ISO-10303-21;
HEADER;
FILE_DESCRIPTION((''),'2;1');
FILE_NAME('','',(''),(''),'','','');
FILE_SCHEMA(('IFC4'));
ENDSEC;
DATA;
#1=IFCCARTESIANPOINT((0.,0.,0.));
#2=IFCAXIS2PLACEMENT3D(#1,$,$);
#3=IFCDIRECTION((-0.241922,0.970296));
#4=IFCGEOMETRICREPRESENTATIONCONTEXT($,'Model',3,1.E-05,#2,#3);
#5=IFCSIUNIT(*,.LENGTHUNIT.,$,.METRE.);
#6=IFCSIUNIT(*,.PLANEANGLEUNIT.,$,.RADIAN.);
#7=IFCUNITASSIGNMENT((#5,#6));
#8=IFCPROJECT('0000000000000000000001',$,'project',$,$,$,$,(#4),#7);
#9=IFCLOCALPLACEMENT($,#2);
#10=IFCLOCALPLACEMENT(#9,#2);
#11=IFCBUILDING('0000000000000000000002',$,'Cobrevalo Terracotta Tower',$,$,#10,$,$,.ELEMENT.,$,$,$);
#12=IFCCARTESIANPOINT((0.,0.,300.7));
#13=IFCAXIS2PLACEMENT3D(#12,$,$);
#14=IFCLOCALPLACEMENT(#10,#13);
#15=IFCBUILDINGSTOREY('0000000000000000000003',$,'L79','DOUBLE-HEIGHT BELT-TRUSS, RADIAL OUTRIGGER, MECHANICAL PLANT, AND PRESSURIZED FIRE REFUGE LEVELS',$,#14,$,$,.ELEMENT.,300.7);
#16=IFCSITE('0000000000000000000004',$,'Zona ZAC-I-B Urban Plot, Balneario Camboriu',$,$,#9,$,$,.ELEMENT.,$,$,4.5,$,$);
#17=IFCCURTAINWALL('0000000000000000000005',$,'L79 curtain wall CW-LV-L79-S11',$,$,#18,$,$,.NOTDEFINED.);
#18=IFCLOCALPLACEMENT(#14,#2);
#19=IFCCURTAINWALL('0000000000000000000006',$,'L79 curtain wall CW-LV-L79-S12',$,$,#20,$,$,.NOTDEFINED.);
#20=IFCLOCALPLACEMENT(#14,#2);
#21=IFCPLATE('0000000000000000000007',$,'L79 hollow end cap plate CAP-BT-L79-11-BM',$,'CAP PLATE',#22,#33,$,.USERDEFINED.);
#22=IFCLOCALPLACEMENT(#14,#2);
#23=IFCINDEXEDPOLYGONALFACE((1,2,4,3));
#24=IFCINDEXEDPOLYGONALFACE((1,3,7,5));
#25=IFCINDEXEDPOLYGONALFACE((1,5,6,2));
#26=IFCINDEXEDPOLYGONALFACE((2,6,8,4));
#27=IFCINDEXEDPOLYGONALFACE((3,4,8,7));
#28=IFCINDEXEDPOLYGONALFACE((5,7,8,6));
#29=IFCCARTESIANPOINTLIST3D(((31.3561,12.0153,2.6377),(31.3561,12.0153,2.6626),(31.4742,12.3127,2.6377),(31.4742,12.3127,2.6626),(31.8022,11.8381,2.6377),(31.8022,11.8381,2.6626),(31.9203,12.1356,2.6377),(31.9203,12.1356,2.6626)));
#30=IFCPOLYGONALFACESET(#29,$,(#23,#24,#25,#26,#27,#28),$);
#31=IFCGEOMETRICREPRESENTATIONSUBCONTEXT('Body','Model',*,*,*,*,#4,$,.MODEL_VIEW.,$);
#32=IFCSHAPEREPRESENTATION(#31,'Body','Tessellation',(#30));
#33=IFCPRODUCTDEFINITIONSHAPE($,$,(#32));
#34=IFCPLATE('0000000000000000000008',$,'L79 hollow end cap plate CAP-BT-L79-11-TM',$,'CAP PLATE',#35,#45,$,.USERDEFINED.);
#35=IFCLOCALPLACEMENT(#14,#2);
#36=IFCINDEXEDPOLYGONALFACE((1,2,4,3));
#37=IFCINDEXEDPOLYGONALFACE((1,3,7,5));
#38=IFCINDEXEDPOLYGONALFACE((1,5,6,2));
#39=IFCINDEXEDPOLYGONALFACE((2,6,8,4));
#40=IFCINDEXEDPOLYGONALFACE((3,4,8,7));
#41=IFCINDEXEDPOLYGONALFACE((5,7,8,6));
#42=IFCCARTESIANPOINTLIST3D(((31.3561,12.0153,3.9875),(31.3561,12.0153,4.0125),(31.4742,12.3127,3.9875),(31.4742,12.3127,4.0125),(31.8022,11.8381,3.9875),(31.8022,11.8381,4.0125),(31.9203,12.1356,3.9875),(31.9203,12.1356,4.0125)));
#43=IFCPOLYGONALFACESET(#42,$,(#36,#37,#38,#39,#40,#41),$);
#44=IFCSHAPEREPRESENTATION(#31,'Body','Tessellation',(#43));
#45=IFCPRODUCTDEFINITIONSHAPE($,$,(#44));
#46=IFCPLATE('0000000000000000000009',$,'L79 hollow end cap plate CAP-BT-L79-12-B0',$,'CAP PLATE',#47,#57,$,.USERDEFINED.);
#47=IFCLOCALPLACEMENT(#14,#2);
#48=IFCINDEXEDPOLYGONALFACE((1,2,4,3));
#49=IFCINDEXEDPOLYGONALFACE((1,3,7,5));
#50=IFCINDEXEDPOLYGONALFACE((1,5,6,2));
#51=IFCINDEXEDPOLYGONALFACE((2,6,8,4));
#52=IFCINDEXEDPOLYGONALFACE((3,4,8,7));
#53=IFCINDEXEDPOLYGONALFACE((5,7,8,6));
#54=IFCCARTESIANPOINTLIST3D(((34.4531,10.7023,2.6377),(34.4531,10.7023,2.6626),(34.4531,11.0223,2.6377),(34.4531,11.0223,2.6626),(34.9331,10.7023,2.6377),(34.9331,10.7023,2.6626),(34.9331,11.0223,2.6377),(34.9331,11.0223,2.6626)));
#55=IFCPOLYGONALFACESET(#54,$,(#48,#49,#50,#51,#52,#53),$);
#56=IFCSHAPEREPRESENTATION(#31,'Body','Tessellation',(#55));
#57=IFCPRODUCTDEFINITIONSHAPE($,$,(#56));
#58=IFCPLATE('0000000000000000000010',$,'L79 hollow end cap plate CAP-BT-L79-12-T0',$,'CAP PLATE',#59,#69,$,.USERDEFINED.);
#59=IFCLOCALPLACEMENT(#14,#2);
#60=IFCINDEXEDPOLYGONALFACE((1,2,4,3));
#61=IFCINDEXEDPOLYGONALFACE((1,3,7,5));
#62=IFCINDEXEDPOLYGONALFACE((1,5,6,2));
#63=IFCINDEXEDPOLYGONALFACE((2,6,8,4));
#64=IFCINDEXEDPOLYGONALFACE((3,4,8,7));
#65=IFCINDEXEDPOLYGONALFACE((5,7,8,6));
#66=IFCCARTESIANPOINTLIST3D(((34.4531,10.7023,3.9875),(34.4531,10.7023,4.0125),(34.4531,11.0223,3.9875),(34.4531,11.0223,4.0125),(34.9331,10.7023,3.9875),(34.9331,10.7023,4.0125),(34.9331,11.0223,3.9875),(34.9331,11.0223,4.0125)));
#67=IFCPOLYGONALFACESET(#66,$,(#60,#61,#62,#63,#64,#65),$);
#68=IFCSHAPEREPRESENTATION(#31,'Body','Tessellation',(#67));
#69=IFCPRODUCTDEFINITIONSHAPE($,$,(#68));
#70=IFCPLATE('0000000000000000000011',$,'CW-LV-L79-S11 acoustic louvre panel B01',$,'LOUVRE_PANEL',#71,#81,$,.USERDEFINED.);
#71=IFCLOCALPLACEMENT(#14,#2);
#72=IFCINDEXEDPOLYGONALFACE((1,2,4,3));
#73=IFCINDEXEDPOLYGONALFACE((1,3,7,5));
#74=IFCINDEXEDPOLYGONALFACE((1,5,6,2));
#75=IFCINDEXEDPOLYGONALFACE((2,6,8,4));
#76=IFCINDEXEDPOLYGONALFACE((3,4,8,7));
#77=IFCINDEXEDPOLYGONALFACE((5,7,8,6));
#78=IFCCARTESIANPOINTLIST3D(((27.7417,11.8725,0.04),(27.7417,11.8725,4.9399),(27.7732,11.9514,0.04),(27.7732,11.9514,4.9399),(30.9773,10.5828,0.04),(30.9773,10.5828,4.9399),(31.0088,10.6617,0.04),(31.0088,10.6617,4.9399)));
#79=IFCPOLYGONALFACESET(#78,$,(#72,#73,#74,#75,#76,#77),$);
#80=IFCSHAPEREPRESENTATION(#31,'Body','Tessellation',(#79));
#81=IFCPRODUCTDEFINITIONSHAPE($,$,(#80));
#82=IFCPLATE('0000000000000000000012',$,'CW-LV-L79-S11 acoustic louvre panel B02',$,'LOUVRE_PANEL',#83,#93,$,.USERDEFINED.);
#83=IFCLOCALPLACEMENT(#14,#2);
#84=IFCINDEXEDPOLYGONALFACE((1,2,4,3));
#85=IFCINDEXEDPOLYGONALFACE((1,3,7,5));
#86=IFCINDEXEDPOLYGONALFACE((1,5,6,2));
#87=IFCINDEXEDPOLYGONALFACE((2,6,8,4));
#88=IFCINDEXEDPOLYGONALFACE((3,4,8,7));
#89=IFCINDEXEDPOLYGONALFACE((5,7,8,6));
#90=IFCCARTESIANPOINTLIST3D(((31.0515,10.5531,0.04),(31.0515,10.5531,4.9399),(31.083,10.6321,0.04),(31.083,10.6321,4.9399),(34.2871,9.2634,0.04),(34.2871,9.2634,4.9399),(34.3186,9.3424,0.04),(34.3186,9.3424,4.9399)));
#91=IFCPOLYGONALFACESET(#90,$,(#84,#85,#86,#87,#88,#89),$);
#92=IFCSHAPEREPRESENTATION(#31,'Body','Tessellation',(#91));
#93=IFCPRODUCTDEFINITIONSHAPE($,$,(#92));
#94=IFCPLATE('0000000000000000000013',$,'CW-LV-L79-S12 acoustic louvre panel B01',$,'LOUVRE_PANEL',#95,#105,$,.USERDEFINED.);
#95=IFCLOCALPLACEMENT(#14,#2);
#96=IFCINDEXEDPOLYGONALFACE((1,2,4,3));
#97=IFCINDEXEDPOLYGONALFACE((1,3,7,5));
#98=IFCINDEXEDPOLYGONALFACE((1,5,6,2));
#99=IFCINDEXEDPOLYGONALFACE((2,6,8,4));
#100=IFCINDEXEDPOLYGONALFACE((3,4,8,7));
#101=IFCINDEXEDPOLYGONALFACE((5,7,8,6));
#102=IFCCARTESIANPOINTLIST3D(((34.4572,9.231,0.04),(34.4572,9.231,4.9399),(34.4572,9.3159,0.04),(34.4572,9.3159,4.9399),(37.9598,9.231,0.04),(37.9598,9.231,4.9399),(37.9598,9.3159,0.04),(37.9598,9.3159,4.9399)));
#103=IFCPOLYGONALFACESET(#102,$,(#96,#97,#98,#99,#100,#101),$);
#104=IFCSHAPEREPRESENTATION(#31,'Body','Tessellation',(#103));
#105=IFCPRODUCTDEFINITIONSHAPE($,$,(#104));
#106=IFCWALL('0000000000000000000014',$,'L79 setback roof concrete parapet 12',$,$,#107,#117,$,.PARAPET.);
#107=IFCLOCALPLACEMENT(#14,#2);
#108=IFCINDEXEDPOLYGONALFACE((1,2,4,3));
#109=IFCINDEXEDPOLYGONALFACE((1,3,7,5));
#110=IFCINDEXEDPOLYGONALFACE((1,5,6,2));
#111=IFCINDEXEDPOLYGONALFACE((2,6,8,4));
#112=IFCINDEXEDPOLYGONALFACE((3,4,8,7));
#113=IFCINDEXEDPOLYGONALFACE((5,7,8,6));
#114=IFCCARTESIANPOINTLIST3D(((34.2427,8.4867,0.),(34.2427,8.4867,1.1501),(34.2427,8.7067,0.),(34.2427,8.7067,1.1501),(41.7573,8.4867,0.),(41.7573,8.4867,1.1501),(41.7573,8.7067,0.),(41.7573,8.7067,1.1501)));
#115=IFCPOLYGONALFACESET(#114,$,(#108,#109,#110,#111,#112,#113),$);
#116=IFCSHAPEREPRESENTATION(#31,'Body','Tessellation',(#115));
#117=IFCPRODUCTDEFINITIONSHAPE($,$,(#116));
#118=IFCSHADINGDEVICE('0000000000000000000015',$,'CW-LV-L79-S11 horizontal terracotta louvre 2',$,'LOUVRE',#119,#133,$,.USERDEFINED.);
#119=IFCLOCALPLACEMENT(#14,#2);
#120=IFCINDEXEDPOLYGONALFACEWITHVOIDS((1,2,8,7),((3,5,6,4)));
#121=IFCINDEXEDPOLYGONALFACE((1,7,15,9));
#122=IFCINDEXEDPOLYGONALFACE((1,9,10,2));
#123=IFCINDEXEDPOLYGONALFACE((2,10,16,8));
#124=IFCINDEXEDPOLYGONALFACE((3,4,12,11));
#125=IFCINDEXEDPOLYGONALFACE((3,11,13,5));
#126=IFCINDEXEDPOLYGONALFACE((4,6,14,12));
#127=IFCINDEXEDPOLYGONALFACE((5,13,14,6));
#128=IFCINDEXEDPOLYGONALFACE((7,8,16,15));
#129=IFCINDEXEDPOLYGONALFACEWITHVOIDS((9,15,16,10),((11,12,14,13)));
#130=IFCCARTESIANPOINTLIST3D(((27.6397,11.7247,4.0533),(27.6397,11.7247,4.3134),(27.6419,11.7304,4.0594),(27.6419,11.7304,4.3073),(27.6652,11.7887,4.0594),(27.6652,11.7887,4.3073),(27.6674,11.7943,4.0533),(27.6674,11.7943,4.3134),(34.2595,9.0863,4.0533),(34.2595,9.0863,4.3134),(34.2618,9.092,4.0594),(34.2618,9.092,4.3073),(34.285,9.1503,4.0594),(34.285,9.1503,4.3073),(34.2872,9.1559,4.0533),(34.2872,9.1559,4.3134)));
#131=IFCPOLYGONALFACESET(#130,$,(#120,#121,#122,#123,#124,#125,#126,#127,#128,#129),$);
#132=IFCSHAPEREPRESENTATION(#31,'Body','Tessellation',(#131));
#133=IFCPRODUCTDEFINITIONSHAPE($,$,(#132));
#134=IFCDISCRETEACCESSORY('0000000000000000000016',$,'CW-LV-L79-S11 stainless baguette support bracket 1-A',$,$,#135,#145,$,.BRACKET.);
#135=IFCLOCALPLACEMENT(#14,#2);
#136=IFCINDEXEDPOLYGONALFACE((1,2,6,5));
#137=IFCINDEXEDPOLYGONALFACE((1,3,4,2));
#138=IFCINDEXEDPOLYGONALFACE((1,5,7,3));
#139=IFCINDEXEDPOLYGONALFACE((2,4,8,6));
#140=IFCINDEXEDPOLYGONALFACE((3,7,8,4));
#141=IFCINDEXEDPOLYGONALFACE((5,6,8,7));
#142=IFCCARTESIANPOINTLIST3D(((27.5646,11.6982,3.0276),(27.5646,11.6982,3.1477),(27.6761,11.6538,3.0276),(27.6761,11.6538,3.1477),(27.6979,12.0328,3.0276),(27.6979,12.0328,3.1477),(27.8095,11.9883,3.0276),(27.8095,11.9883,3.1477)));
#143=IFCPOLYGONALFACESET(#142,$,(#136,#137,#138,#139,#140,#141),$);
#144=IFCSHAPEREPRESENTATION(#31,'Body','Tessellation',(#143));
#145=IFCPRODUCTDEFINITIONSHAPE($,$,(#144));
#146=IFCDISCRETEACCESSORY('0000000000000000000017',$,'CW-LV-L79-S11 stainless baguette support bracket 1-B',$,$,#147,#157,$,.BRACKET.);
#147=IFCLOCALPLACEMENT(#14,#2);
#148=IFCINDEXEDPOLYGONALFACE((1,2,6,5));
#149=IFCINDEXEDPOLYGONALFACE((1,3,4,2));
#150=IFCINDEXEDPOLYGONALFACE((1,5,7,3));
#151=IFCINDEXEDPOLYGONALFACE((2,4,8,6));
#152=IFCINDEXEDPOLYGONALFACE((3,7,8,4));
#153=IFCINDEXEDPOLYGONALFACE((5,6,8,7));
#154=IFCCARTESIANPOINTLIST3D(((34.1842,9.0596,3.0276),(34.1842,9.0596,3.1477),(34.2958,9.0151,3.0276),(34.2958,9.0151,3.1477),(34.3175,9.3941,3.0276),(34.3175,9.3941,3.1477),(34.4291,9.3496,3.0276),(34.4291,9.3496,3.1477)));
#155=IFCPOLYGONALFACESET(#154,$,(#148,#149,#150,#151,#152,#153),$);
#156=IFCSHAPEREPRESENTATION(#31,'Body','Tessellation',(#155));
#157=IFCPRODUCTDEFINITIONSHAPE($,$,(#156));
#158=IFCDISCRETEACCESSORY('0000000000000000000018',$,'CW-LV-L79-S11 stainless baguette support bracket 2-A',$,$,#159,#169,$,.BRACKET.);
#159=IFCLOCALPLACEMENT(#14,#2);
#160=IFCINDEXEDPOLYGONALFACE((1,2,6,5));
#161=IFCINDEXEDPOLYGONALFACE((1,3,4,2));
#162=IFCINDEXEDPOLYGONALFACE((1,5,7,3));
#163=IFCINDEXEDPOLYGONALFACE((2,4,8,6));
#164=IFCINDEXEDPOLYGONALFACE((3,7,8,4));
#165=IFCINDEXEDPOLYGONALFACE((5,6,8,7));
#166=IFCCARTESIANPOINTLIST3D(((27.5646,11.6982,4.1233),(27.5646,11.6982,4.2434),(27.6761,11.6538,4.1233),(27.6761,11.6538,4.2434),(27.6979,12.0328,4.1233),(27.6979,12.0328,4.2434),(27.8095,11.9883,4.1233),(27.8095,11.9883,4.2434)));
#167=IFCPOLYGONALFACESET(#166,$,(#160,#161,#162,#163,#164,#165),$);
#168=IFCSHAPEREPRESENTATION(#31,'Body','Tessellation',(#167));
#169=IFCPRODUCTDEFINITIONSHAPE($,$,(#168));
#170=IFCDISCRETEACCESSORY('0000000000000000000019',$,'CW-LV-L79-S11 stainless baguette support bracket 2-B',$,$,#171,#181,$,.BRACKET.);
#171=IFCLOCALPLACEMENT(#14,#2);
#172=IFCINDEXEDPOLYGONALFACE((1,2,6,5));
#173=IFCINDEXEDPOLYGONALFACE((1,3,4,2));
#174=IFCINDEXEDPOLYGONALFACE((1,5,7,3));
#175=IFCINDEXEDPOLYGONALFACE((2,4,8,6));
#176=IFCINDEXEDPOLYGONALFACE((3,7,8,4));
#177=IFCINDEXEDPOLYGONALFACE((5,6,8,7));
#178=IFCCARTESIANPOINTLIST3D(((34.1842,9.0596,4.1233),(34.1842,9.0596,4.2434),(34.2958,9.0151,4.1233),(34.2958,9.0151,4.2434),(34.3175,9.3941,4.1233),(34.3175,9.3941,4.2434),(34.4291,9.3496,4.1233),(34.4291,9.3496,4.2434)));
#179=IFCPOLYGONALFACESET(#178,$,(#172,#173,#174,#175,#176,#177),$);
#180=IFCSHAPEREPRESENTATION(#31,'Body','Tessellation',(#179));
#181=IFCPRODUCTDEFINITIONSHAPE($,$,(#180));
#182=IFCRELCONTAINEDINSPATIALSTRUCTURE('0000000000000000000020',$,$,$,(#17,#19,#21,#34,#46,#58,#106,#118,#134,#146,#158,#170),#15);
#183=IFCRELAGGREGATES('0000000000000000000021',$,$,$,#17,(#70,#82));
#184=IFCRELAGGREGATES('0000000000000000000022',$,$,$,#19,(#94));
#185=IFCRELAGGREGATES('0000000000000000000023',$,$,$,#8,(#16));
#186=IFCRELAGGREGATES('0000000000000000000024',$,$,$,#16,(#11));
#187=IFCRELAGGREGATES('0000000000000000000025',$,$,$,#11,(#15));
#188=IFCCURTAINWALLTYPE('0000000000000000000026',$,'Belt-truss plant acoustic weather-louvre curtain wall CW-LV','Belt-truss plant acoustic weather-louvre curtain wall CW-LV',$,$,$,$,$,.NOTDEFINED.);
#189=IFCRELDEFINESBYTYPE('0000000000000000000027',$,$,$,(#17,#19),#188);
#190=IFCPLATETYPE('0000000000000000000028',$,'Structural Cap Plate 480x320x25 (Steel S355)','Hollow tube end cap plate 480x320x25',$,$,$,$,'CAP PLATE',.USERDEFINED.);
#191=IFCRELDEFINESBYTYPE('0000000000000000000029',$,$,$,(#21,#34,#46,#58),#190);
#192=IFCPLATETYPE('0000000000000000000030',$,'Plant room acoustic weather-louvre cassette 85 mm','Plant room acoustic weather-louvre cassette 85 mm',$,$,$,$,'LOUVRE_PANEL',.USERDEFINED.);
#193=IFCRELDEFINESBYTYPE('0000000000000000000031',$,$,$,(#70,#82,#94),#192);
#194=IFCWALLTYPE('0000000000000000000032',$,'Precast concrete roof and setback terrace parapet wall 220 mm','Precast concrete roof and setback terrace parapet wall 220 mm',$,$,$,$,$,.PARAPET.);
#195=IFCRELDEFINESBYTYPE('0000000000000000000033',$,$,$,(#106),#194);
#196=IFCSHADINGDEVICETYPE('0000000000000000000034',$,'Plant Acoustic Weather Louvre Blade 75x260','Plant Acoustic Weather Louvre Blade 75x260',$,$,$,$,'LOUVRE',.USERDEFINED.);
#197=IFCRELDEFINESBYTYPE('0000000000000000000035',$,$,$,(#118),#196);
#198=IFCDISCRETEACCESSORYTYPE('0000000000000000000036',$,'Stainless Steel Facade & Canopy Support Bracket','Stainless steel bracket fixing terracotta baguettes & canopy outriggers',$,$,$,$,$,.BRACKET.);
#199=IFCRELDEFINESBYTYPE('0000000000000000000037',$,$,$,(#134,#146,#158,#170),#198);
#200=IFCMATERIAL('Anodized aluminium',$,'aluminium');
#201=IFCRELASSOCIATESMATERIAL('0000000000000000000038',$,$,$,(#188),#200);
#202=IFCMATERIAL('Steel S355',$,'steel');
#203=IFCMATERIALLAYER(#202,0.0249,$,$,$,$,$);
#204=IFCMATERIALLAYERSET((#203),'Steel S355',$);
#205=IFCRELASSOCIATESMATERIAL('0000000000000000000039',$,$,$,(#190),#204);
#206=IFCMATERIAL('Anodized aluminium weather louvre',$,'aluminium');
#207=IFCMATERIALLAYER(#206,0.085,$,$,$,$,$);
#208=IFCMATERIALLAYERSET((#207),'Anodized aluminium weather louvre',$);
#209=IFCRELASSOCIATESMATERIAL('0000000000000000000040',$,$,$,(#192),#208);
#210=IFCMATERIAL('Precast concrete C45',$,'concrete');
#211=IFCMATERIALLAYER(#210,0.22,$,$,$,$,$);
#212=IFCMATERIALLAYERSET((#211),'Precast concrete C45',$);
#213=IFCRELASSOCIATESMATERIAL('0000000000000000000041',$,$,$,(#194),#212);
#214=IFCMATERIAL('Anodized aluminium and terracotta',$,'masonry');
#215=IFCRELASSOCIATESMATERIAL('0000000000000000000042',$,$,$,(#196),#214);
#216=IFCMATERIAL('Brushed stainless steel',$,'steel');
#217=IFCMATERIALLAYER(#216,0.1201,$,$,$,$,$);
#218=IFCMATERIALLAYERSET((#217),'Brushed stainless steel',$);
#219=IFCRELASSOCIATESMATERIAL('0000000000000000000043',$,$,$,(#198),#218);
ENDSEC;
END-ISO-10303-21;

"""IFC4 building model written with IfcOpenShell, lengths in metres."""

from ifc_helpers import new_model, si_unit, direction, frame, frame_2d, origin, origin_2d, place, context, subcontext, project, spatial, rectangle, hollow_rectangle, extrude, source, transform, mapped, material, layer, layer_set, material_profile, profile_set, type_object, element, aggregate, save


model = new_model("IFC4")

# Units and contexts
model_context = context("Model", 3, precision=1e-05, world=origin(), true_north=direction((-0.241922, 0.970296)))
body_context = subcontext(model_context, "Body", "Model", "MODEL_VIEW")
ifc_project = project(units=[si_unit("LENGTHUNIT", "METRE"), si_unit("PLANEANGLEUNIT", "RADIAN")], contexts=[model_context])

# Site, building, storey
site_placement = place(None, origin())
site = spatial("IfcSite", under=ifc_project, at=site_placement, Name="Zona ZAC-I-B Urban Plot, Balneario Camboriu", CompositionType="ELEMENT", RefElevation=4.5)
building_placement = place(site_placement, origin())
building = spatial("IfcBuilding", under=site, at=building_placement, Name="Cobrevalo Terracotta Tower", CompositionType="ELEMENT")
storey_placement = place(building_placement, frame((0.0, 0.0, 300.7)))
storey = spatial("IfcBuildingStorey", under=building, at=storey_placement, Name="L79", Description="DOUBLE-HEIGHT BELT-TRUSS, RADIAL OUTRIGGER, MECHANICAL PLANT, AND PRESSURIZED FIRE REFUGE LEVELS", CompositionType="ELEMENT", Elevation=300.7)

# Shared definitions
ifc_material_1 = material(Name="Steel S355", Category="steel")

# Shared definitions
ifc_material_2 = material(Name="Anodized aluminium", Category="aluminium")
curtain_wall_type = type_object("IfcCurtainWallType", Name="Belt-truss plant acoustic weather-louvre curtain wall CW-LV", Description="Belt-truss plant acoustic weather-louvre curtain wall CW-LV", PredefinedType="NOTDEFINED", material=ifc_material_2)

# Curtain wall
curtain_wall_1_placement = place(storey_placement, origin())
curtain_wall_1 = element("IfcCurtainWall", 1, at=curtain_wall_1_placement, inside=storey, type_object=curtain_wall_type, Name="L79 curtain wall CW-LV-L79-S11", PredefinedType="NOTDEFINED")

# Curtain wall
curtain_wall_2_placement = place(storey_placement, origin())
curtain_wall_2 = element("IfcCurtainWall", 2, at=curtain_wall_2_placement, inside=storey, type_object=curtain_wall_type, Name="L79 curtain wall CW-LV-L79-S12", PredefinedType="NOTDEFINED")

# Plates
ifc_layer_1 = layer(ifc_material_1, 0.0249)
ifc_layer_set_1 = layer_set([ifc_layer_1], Name="Steel S355")
plate_type_1 = type_object("IfcPlateType", Name="Structural Cap Plate 480x320x25 (Steel S355)", Description="Hollow tube end cap plate 480x320x25", ElementType="CAP PLATE", PredefinedType="USERDEFINED", material=ifc_layer_set_1)
shared_shape_1 = source(origin(), body_context, "Body", "SweptSolid", [
    extrude(rectangle(XDim=0.48, YDim=0.3201, at=origin_2d()), origin(), (0.0, 0.0, 1.0), 0.0249),
])
for number, where, z_axis, x_axis, name in (
    (3, (31.6382, 12.0754, 2.6377), (0.0, 0.0, 1.0), (0.929401, -0.369072, 0.0), "L79 hollow end cap plate CAP-BT-L79-11-BM"),
    (4, (31.6382, 12.0754, 3.9875), (0.0, 0.0, 1.0), (0.929401, -0.369072, 0.0), "L79 hollow end cap plate CAP-BT-L79-11-TM"),
    (5, (34.6931, 10.8623, 2.6377), (0.0, 0.0, 1.0), (1.0, 0.0, 0.0), "L79 hollow end cap plate CAP-BT-L79-12-B0"),
    (6, (34.6931, 10.8623, 3.9875), (0.0, 0.0, 1.0), (1.0, 0.0, 0.0), "L79 hollow end cap plate CAP-BT-L79-12-T0"),
):
    element("IfcPlate", number, at=place(storey_placement, frame(where, z_axis=z_axis, x_axis=x_axis)), inside=storey, type_object=plate_type_1, Name=name, ObjectType="CAP PLATE", PredefinedType="USERDEFINED", context=body_context, shape_type="MappedRepresentation", body=[
        mapped(shared_shape_1, transform((0.0, 0.0, 0.0), scale=1.0)),
    ])

# Plates
ifc_material_3 = material(Name="Anodized aluminium weather louvre", Category="aluminium")
ifc_layer_2 = layer(ifc_material_3, 0.085)
ifc_layer_set_2 = layer_set([ifc_layer_2], Name="Anodized aluminium weather louvre")
plate_type_2 = type_object("IfcPlateType", Name="Plant room acoustic weather-louvre cassette 85 mm", Description="Plant room acoustic weather-louvre cassette 85 mm", ElementType="LOUVRE_PANEL", PredefinedType="USERDEFINED", material=ifc_layer_set_2)
shared_shape_2 = source(origin(), body_context, "Body", "SweptSolid", [
    extrude(rectangle(XDim=3.4832, YDim=0.085, at=origin_2d()), origin(), (0.0, 0.0, 1.0), 4.8999),
])
plate_1_placement = place(storey_placement, frame((29.3752, 11.2671, 0.04), z_axis=(0.0, 0.0, 1.0), x_axis=(0.928925, -0.370269, 0.0)))
plate_1 = element("IfcPlate", 7, at=plate_1_placement, type_object=plate_type_2, Name="CW-LV-L79-S11 acoustic louvre panel B01", ObjectType="LOUVRE_PANEL", PredefinedType="USERDEFINED", context=body_context, shape_type="MappedRepresentation", body=[
    mapped(shared_shape_2, transform((0.0, 0.0, 0.0), scale=1.0)),
])
plate_2_placement = place(storey_placement, frame((32.6851, 9.9478, 0.04), z_axis=(0.0, 0.0, 1.0), x_axis=(0.928925, -0.370269, 0.0)))
plate_2 = element("IfcPlate", 8, at=plate_2_placement, type_object=plate_type_2, Name="CW-LV-L79-S11 acoustic louvre panel B02", ObjectType="LOUVRE_PANEL", PredefinedType="USERDEFINED", context=body_context, shape_type="MappedRepresentation", body=[
    mapped(shared_shape_2, transform((0.0, 0.0, 0.0), scale=1.0)),
])
aggregate(curtain_wall_1, [plate_1, plate_2])
shared_shape_3 = source(origin(), body_context, "Body", "SweptSolid", [
    extrude(rectangle(XDim=3.5027, YDim=0.085, at=origin_2d()), origin(), (0.0, 0.0, 1.0), 4.8999),
])
plate_3_placement = place(storey_placement, frame((36.2085, 9.2734, 0.04), z_axis=(0.0, 0.0, 1.0), x_axis=(1.0, 0.0, 0.0)))
plate_3 = element("IfcPlate", 9, at=plate_3_placement, type_object=plate_type_2, Name="CW-LV-L79-S12 acoustic louvre panel B01", ObjectType="LOUVRE_PANEL", PredefinedType="USERDEFINED", context=body_context, shape_type="MappedRepresentation", body=[
    mapped(shared_shape_3, transform((0.0, 0.0, 0.0), scale=1.0)),
])
aggregate(curtain_wall_2, [plate_3])

# Wall
ifc_material_4 = material(Name="Precast concrete C45", Category="concrete")
ifc_layer_3 = layer(ifc_material_4, 0.22)
ifc_layer_set_3 = layer_set([ifc_layer_3], Name="Precast concrete C45")
wall_type = type_object("IfcWallType", Name="Precast concrete roof and setback terrace parapet wall 220 mm", Description="Precast concrete roof and setback terrace parapet wall 220 mm", PredefinedType="PARAPET", material=ifc_layer_set_3)
wall_placement = place(storey_placement, frame((34.2427, 8.5967, 0.0), z_axis=(0.0, 0.0, 1.0), x_axis=(1.0, 0.0, 0.0)))
element("IfcWall", 10, at=wall_placement, inside=storey, type_object=wall_type, Name="L79 setback roof concrete parapet 12", PredefinedType="PARAPET", context=body_context, shape_type="SweptSolid", body=[
    extrude(rectangle(XDim=7.5146, YDim=0.22, at=frame_2d((3.7573, 0.0))), origin(), (0.0, 0.0, 1.0), 1.1501),
])

# Shading device
ifc_material_5 = material(Name="Anodized aluminium and terracotta", Category="masonry")
ifc_material_profile_1 = material_profile(ifc_material_5, hollow_rectangle(XDim=0.075, YDim=0.26, WallThickness=0.0061, at=origin_2d()), Name="LOUVRE BLADE 75x260")
ifc_profile_set_1 = profile_set([ifc_material_profile_1], Name="Anodized aluminium and terracotta")
shading_device_type = type_object("IfcShadingDeviceType", Name="Plant Acoustic Weather Louvre Blade 75x260", Description="Plant Acoustic Weather Louvre Blade 75x260", ElementType="LOUVRE", PredefinedType="USERDEFINED", material=ifc_profile_set_1)
shared_shape_4 = source(origin(), body_context, "Body", "SweptSolid", [
    extrude(hollow_rectangle(XDim=0.075, YDim=0.26, WallThickness=0.0061, at=origin_2d()), origin(), (0.0, 0.0, 1.0), 7.1262),
])
shading_device_placement = place(storey_placement, frame((27.6536, 11.7595, 4.1833), z_axis=(0.928937, -0.370239, 0.0), x_axis=(0.370239, 0.928937, 0.0)))
element("IfcShadingDevice", 11, at=shading_device_placement, inside=storey, type_object=shading_device_type, Name="CW-LV-L79-S11 horizontal terracotta louvre 2", ObjectType="LOUVRE", PredefinedType="USERDEFINED", context=body_context, shape_type="MappedRepresentation", body=[
    mapped(shared_shape_4, transform((0.0, 0.0, 0.0), scale=1.0)),
])

# Discrete accessories
ifc_material_6 = material(Name="Brushed stainless steel", Category="steel")
ifc_layer_4 = layer(ifc_material_6, 0.1201)
ifc_layer_set_4 = layer_set([ifc_layer_4], Name="Brushed stainless steel")
discrete_accessory_type = type_object("IfcDiscreteAccessoryType", Name="Stainless Steel Facade & Canopy Support Bracket", Description="Stainless steel bracket fixing terracotta baguettes & canopy outriggers", PredefinedType="BRACKET", material=ifc_layer_set_4)
shared_shape_5 = source(origin(), body_context, "Body", "SweptSolid", [
    extrude(rectangle(XDim=0.1201, YDim=0.3601, at=origin_2d()), origin(), (0.0, 0.0, 1.0), 0.1201),
])
for number, where, z_axis, x_axis, name in (
    (12, (27.687, 11.8433, 3.0276), (0.0, 0.0, 1.0), (0.928925, -0.370269, 0.0), "CW-LV-L79-S11 stainless baguette support bracket 1-A"),
    (13, (34.3066, 9.2046, 3.0276), (0.0, 0.0, 1.0), (0.928925, -0.370269, 0.0), "CW-LV-L79-S11 stainless baguette support bracket 1-B"),
    (14, (27.687, 11.8433, 4.1233), (0.0, 0.0, 1.0), (0.928925, -0.370269, 0.0), "CW-LV-L79-S11 stainless baguette support bracket 2-A"),
    (15, (34.3066, 9.2046, 4.1233), (0.0, 0.0, 1.0), (0.928925, -0.370269, 0.0), "CW-LV-L79-S11 stainless baguette support bracket 2-B"),
):
    element("IfcDiscreteAccessory", number, at=place(storey_placement, frame(where, z_axis=z_axis, x_axis=x_axis)), inside=storey, type_object=discrete_accessory_type, Name=name, PredefinedType="BRACKET", context=body_context, shape_type="MappedRepresentation", body=[
        mapped(shared_shape_5, transform((0.0, 0.0, 0.0), scale=1.0)),
    ])

save(model, "model.ifc")
